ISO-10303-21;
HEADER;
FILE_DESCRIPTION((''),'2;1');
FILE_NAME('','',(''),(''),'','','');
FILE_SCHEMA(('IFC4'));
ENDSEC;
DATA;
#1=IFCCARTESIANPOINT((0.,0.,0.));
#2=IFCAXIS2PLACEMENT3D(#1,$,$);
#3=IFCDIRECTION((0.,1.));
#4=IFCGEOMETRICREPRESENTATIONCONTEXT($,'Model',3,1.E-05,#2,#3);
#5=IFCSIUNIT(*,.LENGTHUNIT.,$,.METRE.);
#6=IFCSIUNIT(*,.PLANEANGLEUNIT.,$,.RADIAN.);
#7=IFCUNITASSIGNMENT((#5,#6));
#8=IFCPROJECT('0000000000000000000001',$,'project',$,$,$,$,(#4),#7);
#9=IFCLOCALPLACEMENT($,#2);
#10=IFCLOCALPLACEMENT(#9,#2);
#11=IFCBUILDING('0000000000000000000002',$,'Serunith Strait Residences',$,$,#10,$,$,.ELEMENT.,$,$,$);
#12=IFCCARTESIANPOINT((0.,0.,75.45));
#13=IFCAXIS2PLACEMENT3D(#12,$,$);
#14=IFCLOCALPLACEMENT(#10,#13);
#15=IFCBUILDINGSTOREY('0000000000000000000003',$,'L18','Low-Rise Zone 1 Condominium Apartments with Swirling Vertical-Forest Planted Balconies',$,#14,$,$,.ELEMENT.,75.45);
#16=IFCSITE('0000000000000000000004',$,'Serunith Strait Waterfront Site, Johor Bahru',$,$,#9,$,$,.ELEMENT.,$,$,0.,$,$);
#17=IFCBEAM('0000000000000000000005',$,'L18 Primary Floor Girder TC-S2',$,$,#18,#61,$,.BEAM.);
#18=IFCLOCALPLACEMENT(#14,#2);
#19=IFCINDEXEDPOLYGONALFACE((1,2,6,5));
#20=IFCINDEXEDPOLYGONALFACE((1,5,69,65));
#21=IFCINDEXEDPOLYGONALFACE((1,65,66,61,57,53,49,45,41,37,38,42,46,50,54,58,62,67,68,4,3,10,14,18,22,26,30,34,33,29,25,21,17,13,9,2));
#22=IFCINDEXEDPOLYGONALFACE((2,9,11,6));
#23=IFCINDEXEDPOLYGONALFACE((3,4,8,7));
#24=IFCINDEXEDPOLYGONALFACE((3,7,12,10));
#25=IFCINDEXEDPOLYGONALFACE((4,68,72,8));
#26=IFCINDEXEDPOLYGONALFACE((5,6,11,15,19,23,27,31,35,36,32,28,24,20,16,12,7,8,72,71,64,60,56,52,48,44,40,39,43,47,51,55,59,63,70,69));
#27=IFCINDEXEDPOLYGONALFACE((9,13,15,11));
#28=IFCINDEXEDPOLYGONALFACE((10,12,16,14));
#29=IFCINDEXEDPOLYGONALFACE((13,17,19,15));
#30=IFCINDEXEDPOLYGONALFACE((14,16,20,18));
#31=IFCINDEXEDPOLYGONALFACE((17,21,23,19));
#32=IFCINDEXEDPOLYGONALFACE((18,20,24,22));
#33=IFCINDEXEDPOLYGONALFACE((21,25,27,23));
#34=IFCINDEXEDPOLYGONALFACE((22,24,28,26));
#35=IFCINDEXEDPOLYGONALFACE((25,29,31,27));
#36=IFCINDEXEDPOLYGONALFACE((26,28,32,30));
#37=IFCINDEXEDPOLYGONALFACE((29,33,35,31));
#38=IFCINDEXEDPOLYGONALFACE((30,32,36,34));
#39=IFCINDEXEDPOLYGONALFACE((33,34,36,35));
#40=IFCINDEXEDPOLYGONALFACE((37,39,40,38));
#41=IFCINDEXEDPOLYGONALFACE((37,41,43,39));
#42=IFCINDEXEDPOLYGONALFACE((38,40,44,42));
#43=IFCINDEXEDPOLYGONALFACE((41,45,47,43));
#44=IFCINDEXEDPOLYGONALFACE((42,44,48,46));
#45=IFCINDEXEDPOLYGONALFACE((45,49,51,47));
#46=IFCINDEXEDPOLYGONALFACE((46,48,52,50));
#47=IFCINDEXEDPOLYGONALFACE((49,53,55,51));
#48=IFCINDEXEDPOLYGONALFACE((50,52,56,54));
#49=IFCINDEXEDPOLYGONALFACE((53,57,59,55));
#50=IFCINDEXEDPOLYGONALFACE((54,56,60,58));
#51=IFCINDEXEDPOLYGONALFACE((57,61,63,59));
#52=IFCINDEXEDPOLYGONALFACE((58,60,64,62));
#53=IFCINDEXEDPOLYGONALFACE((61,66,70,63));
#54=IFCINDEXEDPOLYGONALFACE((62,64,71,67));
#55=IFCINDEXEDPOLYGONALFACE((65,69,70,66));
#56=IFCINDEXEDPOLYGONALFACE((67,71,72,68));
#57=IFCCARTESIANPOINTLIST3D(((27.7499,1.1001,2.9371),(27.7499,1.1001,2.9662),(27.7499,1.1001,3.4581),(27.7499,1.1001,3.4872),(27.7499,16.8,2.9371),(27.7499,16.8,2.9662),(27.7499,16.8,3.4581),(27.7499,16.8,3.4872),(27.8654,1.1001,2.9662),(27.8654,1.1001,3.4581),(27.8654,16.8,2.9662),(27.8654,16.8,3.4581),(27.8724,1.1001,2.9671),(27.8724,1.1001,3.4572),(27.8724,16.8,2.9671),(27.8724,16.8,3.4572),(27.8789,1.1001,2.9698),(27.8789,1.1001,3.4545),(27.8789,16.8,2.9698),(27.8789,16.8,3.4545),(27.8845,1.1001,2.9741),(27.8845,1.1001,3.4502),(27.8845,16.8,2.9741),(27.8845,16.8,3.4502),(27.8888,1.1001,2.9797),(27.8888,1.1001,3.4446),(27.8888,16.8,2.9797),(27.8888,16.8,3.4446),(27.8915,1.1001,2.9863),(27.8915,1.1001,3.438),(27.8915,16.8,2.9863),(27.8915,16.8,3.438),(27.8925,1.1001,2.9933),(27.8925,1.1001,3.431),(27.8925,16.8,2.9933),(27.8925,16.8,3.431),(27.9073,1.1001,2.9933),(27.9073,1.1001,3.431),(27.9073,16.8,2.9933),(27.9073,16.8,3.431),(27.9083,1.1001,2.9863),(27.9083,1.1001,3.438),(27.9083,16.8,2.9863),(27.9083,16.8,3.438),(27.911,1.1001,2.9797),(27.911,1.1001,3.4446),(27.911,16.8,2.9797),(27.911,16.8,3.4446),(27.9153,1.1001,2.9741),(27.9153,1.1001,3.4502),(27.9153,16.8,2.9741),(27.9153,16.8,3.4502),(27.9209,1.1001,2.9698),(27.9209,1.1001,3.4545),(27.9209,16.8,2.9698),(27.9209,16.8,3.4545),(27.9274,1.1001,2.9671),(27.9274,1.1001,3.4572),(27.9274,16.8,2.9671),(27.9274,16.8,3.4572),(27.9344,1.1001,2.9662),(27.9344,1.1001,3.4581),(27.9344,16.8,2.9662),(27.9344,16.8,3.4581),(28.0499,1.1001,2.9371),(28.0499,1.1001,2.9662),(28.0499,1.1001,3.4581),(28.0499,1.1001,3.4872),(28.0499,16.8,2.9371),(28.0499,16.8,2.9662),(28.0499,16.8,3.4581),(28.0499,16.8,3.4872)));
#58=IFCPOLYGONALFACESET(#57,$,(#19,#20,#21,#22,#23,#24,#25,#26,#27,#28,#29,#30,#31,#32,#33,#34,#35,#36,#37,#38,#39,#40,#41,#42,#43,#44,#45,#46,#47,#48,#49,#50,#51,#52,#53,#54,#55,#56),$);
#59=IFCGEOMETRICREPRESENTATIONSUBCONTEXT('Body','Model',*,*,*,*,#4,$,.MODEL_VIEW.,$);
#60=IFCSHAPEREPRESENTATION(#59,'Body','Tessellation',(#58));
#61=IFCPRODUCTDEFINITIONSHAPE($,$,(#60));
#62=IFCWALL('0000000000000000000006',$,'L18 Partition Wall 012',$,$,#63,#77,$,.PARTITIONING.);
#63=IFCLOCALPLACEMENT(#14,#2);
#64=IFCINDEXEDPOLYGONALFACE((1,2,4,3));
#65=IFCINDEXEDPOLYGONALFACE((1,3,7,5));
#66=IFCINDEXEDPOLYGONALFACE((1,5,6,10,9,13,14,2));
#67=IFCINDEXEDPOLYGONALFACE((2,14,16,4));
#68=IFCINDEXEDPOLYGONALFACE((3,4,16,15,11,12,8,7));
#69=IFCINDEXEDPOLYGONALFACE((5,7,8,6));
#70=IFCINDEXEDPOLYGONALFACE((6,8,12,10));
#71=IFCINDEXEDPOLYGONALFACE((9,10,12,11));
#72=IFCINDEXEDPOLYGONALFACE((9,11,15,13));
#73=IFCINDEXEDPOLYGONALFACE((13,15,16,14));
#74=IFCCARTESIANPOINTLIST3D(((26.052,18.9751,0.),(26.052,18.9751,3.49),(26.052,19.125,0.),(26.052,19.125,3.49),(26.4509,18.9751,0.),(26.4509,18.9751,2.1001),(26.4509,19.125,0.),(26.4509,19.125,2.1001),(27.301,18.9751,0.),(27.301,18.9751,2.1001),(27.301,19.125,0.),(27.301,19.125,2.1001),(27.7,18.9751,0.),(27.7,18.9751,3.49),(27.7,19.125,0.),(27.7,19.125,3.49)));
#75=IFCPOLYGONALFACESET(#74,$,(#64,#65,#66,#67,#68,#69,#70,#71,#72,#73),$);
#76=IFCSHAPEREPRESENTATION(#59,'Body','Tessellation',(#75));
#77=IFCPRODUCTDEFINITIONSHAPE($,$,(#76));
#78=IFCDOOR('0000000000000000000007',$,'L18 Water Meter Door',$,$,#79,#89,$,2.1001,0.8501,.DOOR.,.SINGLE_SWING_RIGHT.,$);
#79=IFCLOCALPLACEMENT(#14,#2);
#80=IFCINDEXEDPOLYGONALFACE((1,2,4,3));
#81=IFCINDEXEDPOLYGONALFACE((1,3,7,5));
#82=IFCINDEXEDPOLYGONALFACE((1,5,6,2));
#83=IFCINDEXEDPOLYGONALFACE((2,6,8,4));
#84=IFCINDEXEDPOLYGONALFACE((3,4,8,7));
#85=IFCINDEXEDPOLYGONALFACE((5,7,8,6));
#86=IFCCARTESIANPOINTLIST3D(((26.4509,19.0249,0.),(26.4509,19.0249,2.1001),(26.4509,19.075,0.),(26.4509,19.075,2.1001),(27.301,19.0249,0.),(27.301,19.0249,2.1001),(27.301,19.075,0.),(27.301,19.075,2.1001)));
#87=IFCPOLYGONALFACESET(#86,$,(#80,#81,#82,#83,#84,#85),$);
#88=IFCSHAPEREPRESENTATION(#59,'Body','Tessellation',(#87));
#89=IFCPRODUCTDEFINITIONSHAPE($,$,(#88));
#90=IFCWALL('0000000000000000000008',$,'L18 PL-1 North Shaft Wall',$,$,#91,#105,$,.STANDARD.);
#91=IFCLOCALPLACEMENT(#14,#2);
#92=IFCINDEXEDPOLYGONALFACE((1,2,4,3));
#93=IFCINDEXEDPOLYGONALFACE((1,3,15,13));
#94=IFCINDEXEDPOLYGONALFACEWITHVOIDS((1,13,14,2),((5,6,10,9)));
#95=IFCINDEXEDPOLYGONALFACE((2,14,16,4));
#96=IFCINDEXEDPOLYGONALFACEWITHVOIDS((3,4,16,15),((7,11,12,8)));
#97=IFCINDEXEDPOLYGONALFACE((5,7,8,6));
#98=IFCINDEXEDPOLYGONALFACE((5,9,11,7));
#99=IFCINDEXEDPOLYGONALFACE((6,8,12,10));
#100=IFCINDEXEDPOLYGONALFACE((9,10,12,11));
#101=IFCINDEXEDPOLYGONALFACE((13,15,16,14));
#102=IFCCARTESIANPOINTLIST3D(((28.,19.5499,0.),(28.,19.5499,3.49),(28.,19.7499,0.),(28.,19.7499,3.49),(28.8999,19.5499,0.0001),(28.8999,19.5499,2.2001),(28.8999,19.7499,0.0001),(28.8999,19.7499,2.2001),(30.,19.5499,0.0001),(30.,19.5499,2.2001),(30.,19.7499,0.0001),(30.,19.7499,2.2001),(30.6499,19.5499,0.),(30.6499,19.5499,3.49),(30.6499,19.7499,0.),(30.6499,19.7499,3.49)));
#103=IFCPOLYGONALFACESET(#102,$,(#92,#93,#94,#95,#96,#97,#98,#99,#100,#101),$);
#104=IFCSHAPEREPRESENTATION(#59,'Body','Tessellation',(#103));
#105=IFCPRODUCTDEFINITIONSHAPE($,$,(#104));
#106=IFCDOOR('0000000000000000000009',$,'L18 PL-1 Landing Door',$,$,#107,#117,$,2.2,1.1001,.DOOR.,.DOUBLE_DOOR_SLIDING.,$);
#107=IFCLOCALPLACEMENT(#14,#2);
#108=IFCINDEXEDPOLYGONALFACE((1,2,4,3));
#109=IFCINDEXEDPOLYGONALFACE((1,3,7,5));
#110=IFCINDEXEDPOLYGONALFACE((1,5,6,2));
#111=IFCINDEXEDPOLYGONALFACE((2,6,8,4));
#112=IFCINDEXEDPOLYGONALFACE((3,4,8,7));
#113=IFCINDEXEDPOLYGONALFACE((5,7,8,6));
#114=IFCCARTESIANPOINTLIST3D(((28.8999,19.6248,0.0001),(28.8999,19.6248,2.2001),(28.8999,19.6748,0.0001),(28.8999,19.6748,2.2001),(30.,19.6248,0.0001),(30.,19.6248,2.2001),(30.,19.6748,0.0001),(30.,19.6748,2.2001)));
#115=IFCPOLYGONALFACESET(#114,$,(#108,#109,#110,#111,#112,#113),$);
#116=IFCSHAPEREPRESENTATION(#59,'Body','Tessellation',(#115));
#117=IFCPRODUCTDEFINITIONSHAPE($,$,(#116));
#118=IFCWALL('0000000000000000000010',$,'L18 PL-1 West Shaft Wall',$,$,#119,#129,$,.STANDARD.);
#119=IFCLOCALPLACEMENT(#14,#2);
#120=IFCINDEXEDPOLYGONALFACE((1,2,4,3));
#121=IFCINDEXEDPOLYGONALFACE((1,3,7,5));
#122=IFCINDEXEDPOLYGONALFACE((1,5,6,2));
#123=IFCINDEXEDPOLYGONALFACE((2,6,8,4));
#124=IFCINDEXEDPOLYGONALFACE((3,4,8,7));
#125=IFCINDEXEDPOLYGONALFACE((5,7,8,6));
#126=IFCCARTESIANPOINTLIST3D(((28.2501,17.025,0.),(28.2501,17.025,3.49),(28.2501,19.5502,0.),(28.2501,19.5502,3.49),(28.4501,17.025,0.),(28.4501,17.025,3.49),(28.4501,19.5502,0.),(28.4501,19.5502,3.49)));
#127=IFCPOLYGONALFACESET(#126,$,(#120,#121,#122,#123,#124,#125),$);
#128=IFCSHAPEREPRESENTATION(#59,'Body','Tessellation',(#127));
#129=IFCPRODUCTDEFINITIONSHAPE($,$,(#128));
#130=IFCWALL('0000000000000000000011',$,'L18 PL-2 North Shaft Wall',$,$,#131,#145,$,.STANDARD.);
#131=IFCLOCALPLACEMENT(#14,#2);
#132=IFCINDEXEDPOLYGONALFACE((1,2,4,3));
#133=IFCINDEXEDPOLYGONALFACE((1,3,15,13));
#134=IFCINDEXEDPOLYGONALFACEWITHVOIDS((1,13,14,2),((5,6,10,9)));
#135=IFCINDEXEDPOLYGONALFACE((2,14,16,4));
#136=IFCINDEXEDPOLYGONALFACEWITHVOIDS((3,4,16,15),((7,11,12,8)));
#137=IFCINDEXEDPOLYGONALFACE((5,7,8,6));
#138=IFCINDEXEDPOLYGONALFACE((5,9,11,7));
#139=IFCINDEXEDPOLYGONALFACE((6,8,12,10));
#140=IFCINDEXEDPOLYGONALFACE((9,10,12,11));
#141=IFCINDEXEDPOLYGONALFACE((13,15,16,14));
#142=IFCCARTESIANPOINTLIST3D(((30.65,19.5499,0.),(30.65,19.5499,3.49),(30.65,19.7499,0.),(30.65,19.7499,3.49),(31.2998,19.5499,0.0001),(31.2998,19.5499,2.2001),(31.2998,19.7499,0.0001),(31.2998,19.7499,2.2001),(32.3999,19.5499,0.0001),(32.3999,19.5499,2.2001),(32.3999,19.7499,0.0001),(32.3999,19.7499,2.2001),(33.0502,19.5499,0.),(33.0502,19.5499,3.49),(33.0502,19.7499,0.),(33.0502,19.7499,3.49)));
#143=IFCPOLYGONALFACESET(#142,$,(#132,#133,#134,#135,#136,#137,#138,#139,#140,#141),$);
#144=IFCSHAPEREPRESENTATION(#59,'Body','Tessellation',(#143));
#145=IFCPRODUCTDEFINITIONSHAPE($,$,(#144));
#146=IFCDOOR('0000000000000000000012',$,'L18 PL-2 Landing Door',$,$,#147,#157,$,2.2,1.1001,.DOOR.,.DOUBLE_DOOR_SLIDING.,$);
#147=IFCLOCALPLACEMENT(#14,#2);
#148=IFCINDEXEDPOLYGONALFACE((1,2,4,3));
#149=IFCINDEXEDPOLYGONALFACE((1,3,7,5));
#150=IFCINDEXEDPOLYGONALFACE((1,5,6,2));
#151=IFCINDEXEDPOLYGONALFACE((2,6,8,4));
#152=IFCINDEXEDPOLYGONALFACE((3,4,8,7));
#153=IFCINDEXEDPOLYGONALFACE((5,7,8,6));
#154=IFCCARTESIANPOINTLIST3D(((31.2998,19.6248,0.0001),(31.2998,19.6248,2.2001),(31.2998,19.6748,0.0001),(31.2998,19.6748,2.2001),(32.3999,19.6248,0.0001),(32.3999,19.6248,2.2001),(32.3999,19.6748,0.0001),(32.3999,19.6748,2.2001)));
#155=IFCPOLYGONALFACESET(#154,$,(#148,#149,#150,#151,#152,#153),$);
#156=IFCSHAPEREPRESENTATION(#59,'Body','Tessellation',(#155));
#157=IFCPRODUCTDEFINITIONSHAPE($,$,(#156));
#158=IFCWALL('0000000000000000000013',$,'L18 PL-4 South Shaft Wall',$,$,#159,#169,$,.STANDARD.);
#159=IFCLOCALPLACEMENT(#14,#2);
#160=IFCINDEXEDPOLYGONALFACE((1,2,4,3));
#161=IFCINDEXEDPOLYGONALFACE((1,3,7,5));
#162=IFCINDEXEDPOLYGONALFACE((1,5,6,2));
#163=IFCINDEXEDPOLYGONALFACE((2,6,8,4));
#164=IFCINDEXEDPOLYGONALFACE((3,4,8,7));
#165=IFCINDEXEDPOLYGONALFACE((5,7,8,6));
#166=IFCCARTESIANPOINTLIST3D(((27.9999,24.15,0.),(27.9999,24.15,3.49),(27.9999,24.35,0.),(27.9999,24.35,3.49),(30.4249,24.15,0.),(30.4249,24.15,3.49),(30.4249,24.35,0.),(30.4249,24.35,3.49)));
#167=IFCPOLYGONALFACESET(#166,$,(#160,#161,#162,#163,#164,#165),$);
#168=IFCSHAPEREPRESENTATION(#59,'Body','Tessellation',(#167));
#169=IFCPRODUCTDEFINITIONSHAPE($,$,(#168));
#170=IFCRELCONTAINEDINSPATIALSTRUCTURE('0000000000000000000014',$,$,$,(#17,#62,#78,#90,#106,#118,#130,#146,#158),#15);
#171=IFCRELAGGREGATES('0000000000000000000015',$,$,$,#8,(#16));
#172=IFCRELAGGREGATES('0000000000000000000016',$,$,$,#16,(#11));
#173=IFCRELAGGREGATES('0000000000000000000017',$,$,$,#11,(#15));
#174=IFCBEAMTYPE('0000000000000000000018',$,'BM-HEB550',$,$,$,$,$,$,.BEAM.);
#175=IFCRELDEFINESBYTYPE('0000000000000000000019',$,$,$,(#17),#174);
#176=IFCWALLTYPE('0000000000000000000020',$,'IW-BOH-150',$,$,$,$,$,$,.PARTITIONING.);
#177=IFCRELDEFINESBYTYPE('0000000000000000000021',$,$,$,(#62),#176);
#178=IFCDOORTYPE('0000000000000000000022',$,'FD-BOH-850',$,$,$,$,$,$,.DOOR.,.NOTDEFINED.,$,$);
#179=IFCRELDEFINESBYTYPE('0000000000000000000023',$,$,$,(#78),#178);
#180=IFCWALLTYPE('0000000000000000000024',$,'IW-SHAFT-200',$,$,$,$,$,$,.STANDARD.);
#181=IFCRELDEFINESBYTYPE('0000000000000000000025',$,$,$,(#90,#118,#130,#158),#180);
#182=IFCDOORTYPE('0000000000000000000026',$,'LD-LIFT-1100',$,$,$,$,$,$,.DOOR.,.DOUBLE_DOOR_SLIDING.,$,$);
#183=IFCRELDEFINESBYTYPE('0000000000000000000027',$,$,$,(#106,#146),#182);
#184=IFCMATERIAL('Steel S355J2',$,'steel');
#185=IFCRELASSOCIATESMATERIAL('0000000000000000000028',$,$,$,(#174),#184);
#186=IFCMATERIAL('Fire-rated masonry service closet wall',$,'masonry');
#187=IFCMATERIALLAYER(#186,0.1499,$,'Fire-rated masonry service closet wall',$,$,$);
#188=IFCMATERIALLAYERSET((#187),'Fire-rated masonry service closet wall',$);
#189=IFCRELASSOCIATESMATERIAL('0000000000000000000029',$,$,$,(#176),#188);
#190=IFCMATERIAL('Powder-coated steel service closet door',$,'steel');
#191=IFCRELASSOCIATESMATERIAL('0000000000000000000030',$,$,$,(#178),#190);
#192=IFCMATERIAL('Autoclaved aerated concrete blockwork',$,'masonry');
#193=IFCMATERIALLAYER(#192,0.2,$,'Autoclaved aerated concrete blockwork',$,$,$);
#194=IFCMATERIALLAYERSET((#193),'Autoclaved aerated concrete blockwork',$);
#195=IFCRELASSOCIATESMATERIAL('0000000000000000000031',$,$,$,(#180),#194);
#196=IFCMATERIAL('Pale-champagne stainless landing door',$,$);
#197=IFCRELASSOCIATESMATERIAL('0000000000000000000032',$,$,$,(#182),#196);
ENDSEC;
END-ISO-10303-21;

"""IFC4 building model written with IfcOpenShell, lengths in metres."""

from ifc_helpers import new_model, si_unit, direction, frame, frame_2d, origin, origin_2d, place, context, subcontext, project, spatial, rectangle, i_section, extrude, source, transform, mapped, material, layer, layer_set, material_profile, profile_set, type_object, element, fill, save


model = new_model("IFC4")

# Units and contexts
model_context = context("Model", 3, precision=1e-05, world=origin(), true_north=direction((0.0, 1.0)))
body_context = subcontext(model_context, "Body", "Model", "MODEL_VIEW")
ifc_project = project(units=[si_unit("LENGTHUNIT", "METRE"), si_unit("PLANEANGLEUNIT", "RADIAN")], contexts=[model_context])

# Site, building, storey
site_placement = place(None, origin())
site = spatial("IfcSite", under=ifc_project, at=site_placement, Name="Serunith Strait Waterfront Site, Johor Bahru", CompositionType="ELEMENT", RefElevation=0.0)
building_placement = place(site_placement, origin())
building = spatial("IfcBuilding", under=site, at=building_placement, Name="Serunith Strait Residences", CompositionType="ELEMENT")
storey_placement = place(building_placement, frame((0.0, 0.0, 75.45)))
storey = spatial("IfcBuildingStorey", under=building, at=storey_placement, Name="L18", Description="Low-Rise Zone 1 Condominium Apartments with Swirling Vertical-Forest Planted Balconies", CompositionType="ELEMENT", Elevation=75.45)

# Beam
ifc_material_1 = material(Name="Steel S355J2", Category="steel")
ifc_material_profile = material_profile(ifc_material_1, i_section(OverallWidth=0.3, OverallDepth=0.55, WebThickness=0.0149, FlangeThickness=0.0291, FilletRadius=0.0271, at=origin_2d()), Name="HEB 550")
ifc_profile_set = profile_set([ifc_material_profile], Name="Steel S355J2")
beam_type = type_object("IfcBeamType", Name="BM-HEB550", PredefinedType="BEAM", material=ifc_profile_set)
shared_shape_1 = source(origin(), body_context, "Body", "SweptSolid", [
    extrude(i_section(OverallWidth=0.3, OverallDepth=0.55, WebThickness=0.0149, FlangeThickness=0.0291, FilletRadius=0.0271, at=origin_2d()), origin(), (0.0, 0.0, 1.0), 15.7),
])
beam_placement = place(storey_placement, frame((27.8999, 16.8, 3.2122), z_axis=(0.0, -1.0, 0.0), x_axis=(1.0, 0.0, 0.0)))
element("IfcBeam", 1, at=beam_placement, inside=storey, type_object=beam_type, Name="L18 Primary Floor Girder TC-S2", PredefinedType="BEAM", context=body_context, shape_type="MappedRepresentation", body=[
    mapped(shared_shape_1, transform((0.0, 0.0, 0.0), scale=1.0)),
])

# Walls, openings, doors
ifc_material_2 = material(Name="Fire-rated masonry service closet wall", Category="masonry")
ifc_layer_1 = layer(ifc_material_2, 0.1499, Name="Fire-rated masonry service closet wall")
ifc_layer_set_1 = layer_set([ifc_layer_1], Name="Fire-rated masonry service closet wall")
wall_type_1 = type_object("IfcWallType", Name="IW-BOH-150", PredefinedType="PARTITIONING", material=ifc_layer_set_1)
wall_1_placement = place(storey_placement, frame((26.052, 19.05, 0.0), z_axis=(0.0, 0.0, 1.0), x_axis=(1.0, 0.0, 0.0)))
wall_1 = element("IfcWall", 2, at=wall_1_placement, inside=storey, type_object=wall_type_1, Name="L18 Partition Wall 012", PredefinedType="PARTITIONING", context=body_context, shape_type="SweptSolid", body=[
    extrude(rectangle(XDim=1.6479, YDim=0.1499, at=frame_2d((0.824, 0.0))), origin(), (0.0, 0.0, 1.0), 3.49),
])
opening_1_placement = place(wall_1_placement, frame((0.3989, 0.0, 0.0)))
opening_1 = element("IfcOpeningElement", 3, at=opening_1_placement, cuts=wall_1, PredefinedType="OPENING", context=body_context, shape_type="SweptSolid", body=[
    extrude(rectangle(XDim=0.8501, YDim=2.1001, at=frame_2d((0.425, 1.05))), frame((0.0, 0.085, 0.0), z_axis=(0.0, -1.0, 0.0), x_axis=(1.0, 0.0, 0.0)), (0.0, 0.0, 1.0), 0.1699),
])
ifc_material_3 = material(Name="Powder-coated steel service closet door", Category="steel")
door_type_1 = type_object("IfcDoorType", Name="FD-BOH-850", OperationType="NOTDEFINED", PredefinedType="DOOR", material=ifc_material_3)
shared_shape_2 = source(origin(), body_context, "Body", "SweptSolid", [
    extrude(rectangle(XDim=0.8501, YDim=2.1001, at=frame_2d((0.425, 1.05))), frame((0.0, 0.0249, 0.0), z_axis=(0.0, -1.0, 0.0), x_axis=(1.0, 0.0, 0.0)), (0.0, 0.0, 1.0), 0.05),
])
door_1_placement = place(opening_1_placement, origin())
door_1 = element("IfcDoor", 4, at=door_1_placement, inside=storey, type_object=door_type_1, Name="L18 Water Meter Door", OperationType="SINGLE_SWING_RIGHT", OverallHeight=2.1001, OverallWidth=0.8501, PredefinedType="DOOR", context=body_context, shape_type="MappedRepresentation", body=[
    mapped(shared_shape_2, transform((0.0, 0.0, 0.0), scale=1.0)),
])
fill(opening_1, door_1)
ifc_material_4 = material(Name="Autoclaved aerated concrete blockwork", Category="masonry")
ifc_layer_2 = layer(ifc_material_4, 0.2, Name="Autoclaved aerated concrete blockwork")
ifc_layer_set_2 = layer_set([ifc_layer_2], Name="Autoclaved aerated concrete blockwork")
wall_type_2 = type_object("IfcWallType", Name="IW-SHAFT-200", PredefinedType="STANDARD", material=ifc_layer_set_2)
wall_2_placement = place(storey_placement, frame((28.0, 19.6499, 0.0), z_axis=(0.0, 0.0, 1.0), x_axis=(1.0, 0.0, 0.0)))
wall_2 = element("IfcWall", 5, at=wall_2_placement, inside=storey, type_object=wall_type_2, Name="L18 PL-1 North Shaft Wall", PredefinedType="STANDARD", context=body_context, shape_type="SweptSolid", body=[
    extrude(rectangle(XDim=2.6499, YDim=0.2, at=frame_2d((1.325, 0.0))), origin(), (0.0, 0.0, 1.0), 3.49),
])
opening_2_placement = place(wall_2_placement, frame((0.8999, 0.0, 0.0)))
opening_2 = element("IfcOpeningElement", 6, at=opening_2_placement, cuts=wall_2, PredefinedType="OPENING", context=body_context, shape_type="SweptSolid", body=[
    extrude(rectangle(XDim=1.1001, YDim=2.2, at=frame_2d((0.55, 1.1001))), frame((0.0, 0.1099, 0.0), z_axis=(0.0, -1.0, 0.0), x_axis=(1.0, 0.0, 0.0)), (0.0, 0.0, 1.0), 0.22),
])
ifc_material_5 = material(Name="Pale-champagne stainless landing door")
door_type_2 = type_object("IfcDoorType", Name="LD-LIFT-1100", OperationType="DOUBLE_DOOR_SLIDING", PredefinedType="DOOR", material=ifc_material_5)
shared_shape_3 = source(origin(), body_context, "Body", "SweptSolid", [
    extrude(rectangle(XDim=1.1001, YDim=2.2, at=frame_2d((0.55, 1.1001))), frame((0.0, 0.0249, 0.0), z_axis=(0.0, -1.0, 0.0), x_axis=(1.0, 0.0, 0.0)), (0.0, 0.0, 1.0), 0.05),
])
door_2_placement = place(opening_2_placement, origin())
door_2 = element("IfcDoor", 7, at=door_2_placement, inside=storey, type_object=door_type_2, Name="L18 PL-1 Landing Door", OperationType="DOUBLE_DOOR_SLIDING", OverallHeight=2.2, OverallWidth=1.1001, PredefinedType="DOOR", context=body_context, shape_type="MappedRepresentation", body=[
    mapped(shared_shape_3, transform((0.0, 0.0, 0.0), scale=1.0)),
])
fill(opening_2, door_2)

# Wall
wall_3_placement = place(storey_placement, frame((28.3501, 17.0249, 0.0), z_axis=(0.0, 0.0, 1.0), x_axis=(0.0, 1.0, 0.0)))
element("IfcWall", 8, at=wall_3_placement, inside=storey, type_object=wall_type_2, Name="L18 PL-1 West Shaft Wall", PredefinedType="STANDARD", context=body_context, shape_type="SweptSolid", body=[
    extrude(rectangle(XDim=2.5251, YDim=0.2, at=frame_2d((1.2627, 0.0))), origin(), (0.0, 0.0, 1.0), 3.49),
])

# Wall, opening, door
wall_4_placement = place(storey_placement, frame((30.6499, 19.6499, 0.0), z_axis=(0.0, 0.0, 1.0), x_axis=(1.0, 0.0, 0.0)))
wall_4 = element("IfcWall", 9, at=wall_4_placement, inside=storey, type_object=wall_type_2, Name="L18 PL-2 North Shaft Wall", PredefinedType="STANDARD", context=body_context, shape_type="SweptSolid", body=[
    extrude(rectangle(XDim=2.4001, YDim=0.2, at=frame_2d((1.2002, 0.0))), origin(), (0.0, 0.0, 1.0), 3.49),
])
opening_3_placement = place(wall_4_placement, frame((0.6499, 0.0, 0.0)))
opening_3 = element("IfcOpeningElement", 10, at=opening_3_placement, cuts=wall_4, PredefinedType="OPENING", context=body_context, shape_type="SweptSolid", body=[
    extrude(rectangle(XDim=1.1001, YDim=2.2, at=frame_2d((0.55, 1.1001))), frame((0.0, 0.1099, 0.0), z_axis=(0.0, -1.0, 0.0), x_axis=(1.0, 0.0, 0.0)), (0.0, 0.0, 1.0), 0.22),
])
door_3_placement = place(opening_3_placement, origin())
door_3 = element("IfcDoor", 11, at=door_3_placement, inside=storey, type_object=door_type_2, Name="L18 PL-2 Landing Door", OperationType="DOUBLE_DOOR_SLIDING", OverallHeight=2.2, OverallWidth=1.1001, PredefinedType="DOOR", context=body_context, shape_type="MappedRepresentation", body=[
    mapped(shared_shape_3, transform((0.0, 0.0, 0.0), scale=1.0)),
])
fill(opening_3, door_3)

# Wall
wall_5_placement = place(storey_placement, frame((28.0, 24.25, 0.0), z_axis=(0.0, 0.0, 1.0), x_axis=(1.0, 0.0, 0.0)))
element("IfcWall", 12, at=wall_5_placement, inside=storey, type_object=wall_type_2, Name="L18 PL-4 South Shaft Wall", PredefinedType="STANDARD", context=body_context, shape_type="SweptSolid", body=[
    extrude(rectangle(XDim=2.425, YDim=0.2, at=frame_2d((1.2124, 0.0))), origin(), (0.0, 0.0, 1.0), 3.49),
])

save(model, "model.ifc")
